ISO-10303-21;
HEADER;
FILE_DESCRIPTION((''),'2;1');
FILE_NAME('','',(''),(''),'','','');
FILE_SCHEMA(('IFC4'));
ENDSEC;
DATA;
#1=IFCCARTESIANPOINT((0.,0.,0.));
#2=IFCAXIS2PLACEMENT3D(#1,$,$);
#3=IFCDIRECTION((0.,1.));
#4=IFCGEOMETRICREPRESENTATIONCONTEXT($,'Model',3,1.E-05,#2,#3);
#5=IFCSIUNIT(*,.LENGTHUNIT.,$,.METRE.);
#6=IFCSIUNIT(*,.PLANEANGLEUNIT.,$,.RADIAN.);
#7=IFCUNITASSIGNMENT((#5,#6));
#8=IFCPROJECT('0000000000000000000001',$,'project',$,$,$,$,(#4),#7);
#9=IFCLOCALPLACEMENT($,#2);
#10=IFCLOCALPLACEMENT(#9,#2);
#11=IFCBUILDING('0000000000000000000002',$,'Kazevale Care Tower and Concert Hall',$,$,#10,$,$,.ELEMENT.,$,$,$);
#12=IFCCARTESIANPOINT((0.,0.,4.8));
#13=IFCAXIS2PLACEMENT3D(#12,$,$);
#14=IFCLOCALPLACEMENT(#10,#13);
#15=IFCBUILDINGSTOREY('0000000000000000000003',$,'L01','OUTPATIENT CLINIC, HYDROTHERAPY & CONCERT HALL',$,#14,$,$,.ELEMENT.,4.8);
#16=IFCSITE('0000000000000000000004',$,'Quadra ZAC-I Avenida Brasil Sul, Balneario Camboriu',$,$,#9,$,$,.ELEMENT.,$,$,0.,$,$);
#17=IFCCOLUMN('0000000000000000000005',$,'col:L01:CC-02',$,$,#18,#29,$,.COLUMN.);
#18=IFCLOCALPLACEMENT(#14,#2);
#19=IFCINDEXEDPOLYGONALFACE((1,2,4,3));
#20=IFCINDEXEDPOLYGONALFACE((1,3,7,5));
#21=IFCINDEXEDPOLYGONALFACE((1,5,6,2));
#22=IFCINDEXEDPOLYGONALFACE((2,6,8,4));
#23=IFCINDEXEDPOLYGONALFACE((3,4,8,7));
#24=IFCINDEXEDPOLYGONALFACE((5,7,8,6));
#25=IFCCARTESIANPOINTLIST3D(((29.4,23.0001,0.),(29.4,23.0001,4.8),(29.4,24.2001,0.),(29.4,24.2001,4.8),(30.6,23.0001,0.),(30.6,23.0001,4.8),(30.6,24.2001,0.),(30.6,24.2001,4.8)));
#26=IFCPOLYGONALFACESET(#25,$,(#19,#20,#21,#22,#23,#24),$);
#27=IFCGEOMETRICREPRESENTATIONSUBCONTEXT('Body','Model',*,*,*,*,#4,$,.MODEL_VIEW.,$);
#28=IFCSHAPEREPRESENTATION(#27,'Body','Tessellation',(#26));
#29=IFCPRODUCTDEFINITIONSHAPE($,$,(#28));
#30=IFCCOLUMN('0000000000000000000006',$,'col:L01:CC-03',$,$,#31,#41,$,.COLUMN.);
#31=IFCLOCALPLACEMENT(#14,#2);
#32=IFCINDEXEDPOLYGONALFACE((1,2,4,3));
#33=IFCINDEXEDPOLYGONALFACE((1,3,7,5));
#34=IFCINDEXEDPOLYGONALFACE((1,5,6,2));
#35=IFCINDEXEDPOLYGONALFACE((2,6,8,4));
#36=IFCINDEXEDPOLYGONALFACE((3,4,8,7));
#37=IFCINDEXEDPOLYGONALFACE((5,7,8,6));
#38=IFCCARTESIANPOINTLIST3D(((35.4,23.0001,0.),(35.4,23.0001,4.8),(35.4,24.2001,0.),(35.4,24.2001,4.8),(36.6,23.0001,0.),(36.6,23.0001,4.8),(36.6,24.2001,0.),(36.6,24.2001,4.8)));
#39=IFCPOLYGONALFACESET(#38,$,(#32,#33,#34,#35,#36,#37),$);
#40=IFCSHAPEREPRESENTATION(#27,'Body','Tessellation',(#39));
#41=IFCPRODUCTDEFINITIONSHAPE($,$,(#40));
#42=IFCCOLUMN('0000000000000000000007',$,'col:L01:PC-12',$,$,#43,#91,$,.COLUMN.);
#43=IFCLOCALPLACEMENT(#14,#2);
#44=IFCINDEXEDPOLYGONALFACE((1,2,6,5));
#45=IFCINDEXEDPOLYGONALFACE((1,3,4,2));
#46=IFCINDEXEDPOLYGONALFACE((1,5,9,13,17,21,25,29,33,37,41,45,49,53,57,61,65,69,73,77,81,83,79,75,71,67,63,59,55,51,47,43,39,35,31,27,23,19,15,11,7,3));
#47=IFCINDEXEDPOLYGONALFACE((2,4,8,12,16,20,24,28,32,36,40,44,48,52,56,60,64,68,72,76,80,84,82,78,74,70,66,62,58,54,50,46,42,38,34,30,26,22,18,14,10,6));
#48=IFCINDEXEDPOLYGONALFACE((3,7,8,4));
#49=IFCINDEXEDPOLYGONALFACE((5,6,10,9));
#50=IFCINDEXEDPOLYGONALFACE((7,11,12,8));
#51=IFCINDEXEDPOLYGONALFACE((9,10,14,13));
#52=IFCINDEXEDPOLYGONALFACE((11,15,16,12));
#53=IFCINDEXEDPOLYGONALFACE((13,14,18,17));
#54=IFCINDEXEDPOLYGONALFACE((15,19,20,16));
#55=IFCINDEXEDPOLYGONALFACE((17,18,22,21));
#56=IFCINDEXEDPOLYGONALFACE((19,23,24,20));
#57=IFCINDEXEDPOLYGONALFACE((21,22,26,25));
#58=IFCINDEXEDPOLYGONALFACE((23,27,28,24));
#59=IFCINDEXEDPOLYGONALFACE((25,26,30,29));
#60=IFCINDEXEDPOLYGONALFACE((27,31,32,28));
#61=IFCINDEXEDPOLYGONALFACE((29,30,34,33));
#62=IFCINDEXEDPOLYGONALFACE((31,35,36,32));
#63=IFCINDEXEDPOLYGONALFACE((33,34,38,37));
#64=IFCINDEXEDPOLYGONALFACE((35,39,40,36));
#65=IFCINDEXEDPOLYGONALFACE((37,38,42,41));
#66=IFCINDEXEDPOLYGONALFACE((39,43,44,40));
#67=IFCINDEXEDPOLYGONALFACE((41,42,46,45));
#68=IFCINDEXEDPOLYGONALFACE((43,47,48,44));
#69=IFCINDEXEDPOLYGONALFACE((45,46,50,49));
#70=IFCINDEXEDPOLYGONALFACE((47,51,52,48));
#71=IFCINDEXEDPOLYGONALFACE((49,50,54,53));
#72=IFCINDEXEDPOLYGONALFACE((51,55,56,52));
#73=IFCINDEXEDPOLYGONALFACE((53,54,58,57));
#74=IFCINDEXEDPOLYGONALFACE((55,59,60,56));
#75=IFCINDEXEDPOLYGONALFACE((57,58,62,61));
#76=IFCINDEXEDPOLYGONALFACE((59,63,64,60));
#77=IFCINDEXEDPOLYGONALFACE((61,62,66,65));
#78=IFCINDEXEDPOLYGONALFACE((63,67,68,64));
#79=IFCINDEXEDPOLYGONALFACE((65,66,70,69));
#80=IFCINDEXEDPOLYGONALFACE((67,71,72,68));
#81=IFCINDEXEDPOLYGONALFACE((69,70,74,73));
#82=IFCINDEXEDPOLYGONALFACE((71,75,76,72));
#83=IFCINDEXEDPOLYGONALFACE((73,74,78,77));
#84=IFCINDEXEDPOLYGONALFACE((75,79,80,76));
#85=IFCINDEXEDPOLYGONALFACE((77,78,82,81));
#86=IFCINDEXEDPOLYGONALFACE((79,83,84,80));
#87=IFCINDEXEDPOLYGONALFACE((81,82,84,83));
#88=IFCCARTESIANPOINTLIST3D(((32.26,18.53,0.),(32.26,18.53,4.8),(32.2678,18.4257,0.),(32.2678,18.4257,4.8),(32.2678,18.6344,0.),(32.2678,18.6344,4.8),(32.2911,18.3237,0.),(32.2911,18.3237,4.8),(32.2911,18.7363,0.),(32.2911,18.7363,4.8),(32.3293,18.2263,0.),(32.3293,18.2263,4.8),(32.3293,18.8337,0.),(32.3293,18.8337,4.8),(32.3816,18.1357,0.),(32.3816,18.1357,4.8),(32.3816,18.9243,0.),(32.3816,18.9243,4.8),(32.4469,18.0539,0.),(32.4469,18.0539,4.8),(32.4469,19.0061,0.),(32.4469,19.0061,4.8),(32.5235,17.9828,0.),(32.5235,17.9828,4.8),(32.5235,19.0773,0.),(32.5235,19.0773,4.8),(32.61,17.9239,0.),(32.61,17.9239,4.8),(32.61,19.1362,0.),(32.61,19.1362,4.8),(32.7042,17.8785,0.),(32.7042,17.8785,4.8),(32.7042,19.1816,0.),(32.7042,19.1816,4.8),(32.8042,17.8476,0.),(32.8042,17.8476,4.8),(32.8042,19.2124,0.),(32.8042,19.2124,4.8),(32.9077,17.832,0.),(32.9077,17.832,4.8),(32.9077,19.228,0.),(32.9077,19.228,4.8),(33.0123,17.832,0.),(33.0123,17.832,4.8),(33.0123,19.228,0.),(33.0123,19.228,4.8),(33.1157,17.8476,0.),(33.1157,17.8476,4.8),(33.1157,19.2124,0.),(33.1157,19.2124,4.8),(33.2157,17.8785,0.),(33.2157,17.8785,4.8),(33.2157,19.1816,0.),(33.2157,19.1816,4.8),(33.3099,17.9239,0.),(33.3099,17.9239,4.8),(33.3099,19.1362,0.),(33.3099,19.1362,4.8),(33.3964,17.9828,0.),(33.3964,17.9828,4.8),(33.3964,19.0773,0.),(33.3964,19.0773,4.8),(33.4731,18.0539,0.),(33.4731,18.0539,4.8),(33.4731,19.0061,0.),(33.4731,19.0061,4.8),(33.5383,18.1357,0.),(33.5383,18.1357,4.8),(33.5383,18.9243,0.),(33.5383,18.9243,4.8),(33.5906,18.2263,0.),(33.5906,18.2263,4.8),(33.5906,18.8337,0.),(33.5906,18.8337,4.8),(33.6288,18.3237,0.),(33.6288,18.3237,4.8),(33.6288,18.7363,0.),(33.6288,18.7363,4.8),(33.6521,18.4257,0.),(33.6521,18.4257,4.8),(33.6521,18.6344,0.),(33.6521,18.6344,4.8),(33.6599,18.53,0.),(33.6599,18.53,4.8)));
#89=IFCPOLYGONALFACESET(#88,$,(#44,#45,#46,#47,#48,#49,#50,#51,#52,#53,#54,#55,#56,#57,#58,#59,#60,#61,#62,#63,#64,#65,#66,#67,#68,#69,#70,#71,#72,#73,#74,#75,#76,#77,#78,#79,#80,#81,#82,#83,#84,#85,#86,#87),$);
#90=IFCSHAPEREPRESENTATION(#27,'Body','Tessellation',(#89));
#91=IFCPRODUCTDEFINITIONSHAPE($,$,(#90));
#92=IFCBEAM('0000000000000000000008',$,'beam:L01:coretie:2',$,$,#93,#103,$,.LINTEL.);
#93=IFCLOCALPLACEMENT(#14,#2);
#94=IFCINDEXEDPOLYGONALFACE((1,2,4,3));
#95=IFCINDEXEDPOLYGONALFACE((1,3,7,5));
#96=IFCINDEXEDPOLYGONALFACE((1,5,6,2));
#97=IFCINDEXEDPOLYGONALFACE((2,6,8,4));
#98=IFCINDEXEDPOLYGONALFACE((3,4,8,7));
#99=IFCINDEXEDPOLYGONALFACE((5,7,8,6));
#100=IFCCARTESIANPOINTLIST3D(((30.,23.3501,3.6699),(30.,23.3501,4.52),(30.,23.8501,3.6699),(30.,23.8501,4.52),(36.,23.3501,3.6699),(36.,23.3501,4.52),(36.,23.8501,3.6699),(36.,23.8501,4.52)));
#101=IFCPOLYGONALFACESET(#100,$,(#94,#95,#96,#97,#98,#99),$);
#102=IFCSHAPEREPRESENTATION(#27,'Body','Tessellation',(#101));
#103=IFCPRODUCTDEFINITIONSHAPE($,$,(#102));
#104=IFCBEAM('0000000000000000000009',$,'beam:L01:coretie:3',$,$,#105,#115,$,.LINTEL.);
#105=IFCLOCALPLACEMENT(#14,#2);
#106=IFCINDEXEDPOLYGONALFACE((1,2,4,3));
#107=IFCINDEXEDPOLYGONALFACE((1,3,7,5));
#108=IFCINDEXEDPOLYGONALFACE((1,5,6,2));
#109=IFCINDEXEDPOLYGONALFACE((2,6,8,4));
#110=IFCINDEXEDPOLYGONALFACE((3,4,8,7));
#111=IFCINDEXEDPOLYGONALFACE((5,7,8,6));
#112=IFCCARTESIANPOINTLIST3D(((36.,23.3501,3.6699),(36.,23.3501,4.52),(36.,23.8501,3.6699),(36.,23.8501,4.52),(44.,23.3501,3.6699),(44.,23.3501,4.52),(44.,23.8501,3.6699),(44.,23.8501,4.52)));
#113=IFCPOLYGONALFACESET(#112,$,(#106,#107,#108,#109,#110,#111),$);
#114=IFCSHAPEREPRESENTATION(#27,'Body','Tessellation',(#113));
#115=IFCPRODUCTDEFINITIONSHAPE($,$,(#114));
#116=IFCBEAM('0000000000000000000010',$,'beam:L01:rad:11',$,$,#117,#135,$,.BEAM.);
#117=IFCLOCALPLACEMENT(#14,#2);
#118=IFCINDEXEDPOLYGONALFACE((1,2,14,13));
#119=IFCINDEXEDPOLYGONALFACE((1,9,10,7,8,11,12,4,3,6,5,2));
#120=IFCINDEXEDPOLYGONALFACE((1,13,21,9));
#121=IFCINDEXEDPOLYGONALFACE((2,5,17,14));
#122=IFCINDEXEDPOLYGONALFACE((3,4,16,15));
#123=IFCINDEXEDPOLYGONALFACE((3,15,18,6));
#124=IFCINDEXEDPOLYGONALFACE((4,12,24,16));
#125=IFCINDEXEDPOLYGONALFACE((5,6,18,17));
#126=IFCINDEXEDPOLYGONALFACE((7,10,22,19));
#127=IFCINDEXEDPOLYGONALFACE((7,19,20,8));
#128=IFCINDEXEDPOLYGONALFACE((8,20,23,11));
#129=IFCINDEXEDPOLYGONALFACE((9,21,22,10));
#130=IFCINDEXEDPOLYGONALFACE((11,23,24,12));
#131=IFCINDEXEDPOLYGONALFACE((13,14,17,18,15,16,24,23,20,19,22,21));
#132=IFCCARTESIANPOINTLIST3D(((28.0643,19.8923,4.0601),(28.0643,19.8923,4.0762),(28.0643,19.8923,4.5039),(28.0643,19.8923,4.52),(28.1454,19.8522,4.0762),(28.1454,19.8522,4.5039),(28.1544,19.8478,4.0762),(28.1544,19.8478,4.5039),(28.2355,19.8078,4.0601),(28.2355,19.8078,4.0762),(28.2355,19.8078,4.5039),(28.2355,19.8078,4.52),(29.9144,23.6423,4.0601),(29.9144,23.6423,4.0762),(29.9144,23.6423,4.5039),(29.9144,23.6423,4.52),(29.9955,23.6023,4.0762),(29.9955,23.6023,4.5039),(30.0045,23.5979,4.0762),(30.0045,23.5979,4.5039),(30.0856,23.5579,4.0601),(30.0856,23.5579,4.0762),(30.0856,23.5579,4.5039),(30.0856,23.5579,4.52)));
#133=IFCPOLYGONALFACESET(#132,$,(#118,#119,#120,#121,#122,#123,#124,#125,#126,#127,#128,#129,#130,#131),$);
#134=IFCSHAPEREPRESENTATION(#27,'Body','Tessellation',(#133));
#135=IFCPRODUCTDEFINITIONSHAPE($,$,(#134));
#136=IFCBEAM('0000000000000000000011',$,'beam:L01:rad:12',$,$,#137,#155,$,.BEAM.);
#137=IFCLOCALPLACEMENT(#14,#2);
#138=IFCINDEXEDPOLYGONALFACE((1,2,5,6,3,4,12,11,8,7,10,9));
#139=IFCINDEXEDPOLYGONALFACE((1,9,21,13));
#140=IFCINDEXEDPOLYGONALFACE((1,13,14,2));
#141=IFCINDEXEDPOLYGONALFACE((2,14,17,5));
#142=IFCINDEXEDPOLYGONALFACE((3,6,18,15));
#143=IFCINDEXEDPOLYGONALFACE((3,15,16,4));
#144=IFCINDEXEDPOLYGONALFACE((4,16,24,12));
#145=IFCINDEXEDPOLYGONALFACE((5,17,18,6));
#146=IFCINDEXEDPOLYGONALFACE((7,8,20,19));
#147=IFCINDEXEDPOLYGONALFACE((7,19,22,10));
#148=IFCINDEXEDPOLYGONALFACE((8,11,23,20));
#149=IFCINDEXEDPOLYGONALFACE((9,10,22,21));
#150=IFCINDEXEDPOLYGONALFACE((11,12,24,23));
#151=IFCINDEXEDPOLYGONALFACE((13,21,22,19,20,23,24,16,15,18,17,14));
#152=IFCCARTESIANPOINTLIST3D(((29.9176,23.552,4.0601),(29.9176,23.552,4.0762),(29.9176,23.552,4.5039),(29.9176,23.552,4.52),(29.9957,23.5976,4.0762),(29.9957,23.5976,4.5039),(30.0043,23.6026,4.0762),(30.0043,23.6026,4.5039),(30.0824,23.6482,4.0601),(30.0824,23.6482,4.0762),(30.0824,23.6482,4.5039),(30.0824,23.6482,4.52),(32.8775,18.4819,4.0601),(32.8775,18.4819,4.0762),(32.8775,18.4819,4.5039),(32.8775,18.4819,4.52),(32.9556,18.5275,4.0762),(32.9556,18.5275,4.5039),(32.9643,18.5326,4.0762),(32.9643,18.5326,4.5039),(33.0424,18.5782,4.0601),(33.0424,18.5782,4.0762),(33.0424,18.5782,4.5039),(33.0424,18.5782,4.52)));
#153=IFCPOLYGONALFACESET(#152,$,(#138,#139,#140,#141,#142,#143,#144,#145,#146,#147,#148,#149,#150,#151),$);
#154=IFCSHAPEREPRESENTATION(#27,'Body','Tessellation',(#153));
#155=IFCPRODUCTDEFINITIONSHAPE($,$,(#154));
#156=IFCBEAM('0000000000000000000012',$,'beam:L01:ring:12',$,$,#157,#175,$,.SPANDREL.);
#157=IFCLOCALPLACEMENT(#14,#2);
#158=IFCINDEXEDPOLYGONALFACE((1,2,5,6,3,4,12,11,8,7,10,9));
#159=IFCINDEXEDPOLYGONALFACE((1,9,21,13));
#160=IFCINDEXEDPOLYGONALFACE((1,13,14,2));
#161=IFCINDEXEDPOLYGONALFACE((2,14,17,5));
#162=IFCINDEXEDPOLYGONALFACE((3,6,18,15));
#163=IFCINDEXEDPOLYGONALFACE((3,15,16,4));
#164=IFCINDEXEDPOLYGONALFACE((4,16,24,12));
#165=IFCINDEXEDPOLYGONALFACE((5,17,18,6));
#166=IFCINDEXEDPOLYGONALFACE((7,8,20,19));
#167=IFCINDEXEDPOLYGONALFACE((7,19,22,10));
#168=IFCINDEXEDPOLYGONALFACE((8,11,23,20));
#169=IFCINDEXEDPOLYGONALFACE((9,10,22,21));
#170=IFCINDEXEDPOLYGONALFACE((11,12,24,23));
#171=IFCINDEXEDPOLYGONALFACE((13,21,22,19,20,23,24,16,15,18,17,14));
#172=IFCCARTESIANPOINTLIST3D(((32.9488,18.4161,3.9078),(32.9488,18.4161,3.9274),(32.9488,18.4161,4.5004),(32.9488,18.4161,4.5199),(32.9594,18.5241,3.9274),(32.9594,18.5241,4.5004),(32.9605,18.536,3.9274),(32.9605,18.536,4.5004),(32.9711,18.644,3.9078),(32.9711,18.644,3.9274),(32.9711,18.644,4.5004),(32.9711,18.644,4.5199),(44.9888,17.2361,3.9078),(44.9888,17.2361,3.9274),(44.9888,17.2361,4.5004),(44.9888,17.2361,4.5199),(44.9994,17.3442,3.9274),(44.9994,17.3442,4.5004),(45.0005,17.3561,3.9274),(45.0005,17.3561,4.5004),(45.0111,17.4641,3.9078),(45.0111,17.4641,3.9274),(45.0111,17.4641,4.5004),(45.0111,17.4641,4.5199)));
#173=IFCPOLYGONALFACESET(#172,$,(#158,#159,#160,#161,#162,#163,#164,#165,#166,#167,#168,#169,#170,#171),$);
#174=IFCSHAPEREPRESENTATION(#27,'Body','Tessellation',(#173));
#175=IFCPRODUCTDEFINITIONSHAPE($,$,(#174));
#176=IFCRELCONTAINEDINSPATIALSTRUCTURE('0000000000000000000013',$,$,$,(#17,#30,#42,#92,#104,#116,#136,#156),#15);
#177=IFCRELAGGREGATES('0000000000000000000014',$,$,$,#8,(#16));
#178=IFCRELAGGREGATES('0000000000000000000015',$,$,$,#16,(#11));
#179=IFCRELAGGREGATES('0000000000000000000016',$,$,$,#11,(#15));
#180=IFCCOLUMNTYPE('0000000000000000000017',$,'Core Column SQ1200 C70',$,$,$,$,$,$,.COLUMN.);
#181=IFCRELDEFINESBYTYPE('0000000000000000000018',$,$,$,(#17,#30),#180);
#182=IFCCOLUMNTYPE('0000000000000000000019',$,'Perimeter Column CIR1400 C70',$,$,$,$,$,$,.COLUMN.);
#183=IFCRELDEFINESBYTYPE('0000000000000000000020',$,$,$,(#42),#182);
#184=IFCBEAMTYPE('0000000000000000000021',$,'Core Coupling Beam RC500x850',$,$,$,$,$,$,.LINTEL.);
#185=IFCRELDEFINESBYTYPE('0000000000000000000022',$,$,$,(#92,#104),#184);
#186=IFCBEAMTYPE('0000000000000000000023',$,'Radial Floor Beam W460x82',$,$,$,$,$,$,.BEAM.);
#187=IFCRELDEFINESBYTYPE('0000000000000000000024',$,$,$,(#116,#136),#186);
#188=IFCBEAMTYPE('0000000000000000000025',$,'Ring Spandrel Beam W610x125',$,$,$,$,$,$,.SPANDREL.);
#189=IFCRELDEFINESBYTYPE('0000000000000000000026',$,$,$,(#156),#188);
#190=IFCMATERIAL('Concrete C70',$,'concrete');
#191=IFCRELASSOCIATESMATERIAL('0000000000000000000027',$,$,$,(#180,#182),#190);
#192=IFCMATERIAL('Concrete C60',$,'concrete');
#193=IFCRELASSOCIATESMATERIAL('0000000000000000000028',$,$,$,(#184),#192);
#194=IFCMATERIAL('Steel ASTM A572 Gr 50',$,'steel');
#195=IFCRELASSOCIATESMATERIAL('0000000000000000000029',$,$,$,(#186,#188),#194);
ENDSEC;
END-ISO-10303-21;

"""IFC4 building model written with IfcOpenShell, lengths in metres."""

from ifc_helpers import new_model, si_unit, direction, frame, origin, origin_2d, place, context, subcontext, project, spatial, rectangle, circle, i_section, extrude, material, material_profile, profile_set, type_object, element, save


model = new_model("IFC4")

# Units and contexts
model_context = context("Model", 3, precision=1e-05, world=origin(), true_north=direction((0.0, 1.0)))
body_context = subcontext(model_context, "Body", "Model", "MODEL_VIEW")
ifc_project = project(units=[si_unit("LENGTHUNIT", "METRE"), si_unit("PLANEANGLEUNIT", "RADIAN")], contexts=[model_context])

# Site, building, storey
site_placement = place(None, origin())
site = spatial("IfcSite", under=ifc_project, at=site_placement, Name="Quadra ZAC-I Avenida Brasil Sul, Balneario Camboriu", CompositionType="ELEMENT", RefElevation=0.0)
building_placement = place(site_placement, origin())
building = spatial("IfcBuilding", under=site, at=building_placement, Name="Kazevale Care Tower and Concert Hall", CompositionType="ELEMENT")
storey_placement = place(building_placement, frame((0.0, 0.0, 4.8)))
storey = spatial("IfcBuildingStorey", under=building, at=storey_placement, Name="L01", Description="OUTPATIENT CLINIC, HYDROTHERAPY & CONCERT HALL", CompositionType="ELEMENT", Elevation=4.8)

# Columns
ifc_material_1 = material(Name="Concrete C70", Category="concrete")
ifc_material_profile_1 = material_profile(ifc_material_1, rectangle(XDim=1.2, YDim=1.2, at=origin_2d()), Name="RC-SQ1200")
ifc_profile_set_1 = profile_set([ifc_material_profile_1], Name="Concrete C70")
column_type_1 = type_object("IfcColumnType", Name="Core Column SQ1200 C70", PredefinedType="COLUMN", material=ifc_profile_set_1)
for number, where, z_axis, x_axis, name in (
    (1, (30.0, 23.6001, 0.0), (0.0, 0.0, 1.0), (1.0, 0.0, 0.0), "col:L01:CC-02"),
    (2, (36.0, 23.6001, 0.0), (0.0, 0.0, 1.0), (1.0, 0.0, 0.0), "col:L01:CC-03"),
):
    element("IfcColumn", number, at=place(storey_placement, frame(where, z_axis=z_axis, x_axis=x_axis)), inside=storey, type_object=column_type_1, Name=name, PredefinedType="COLUMN", context=body_context, shape_type="SweptSolid", body=[
        extrude(rectangle(XDim=1.2, YDim=1.2, at=origin_2d()), origin(), (0.0, 0.0, 1.0), 4.8),
    ])
ifc_material_profile_2 = material_profile(ifc_material_1, circle(Radius=0.7, at=origin_2d()), Name="RC-CIR1400")
ifc_profile_set_2 = profile_set([ifc_material_profile_2], Name="Concrete C70")
column_type_2 = type_object("IfcColumnType", Name="Perimeter Column CIR1400 C70", PredefinedType="COLUMN", material=ifc_profile_set_2)
column_placement = place(storey_placement, frame((32.96, 18.53, 0.0), z_axis=(0.0, 0.0, 1.0), x_axis=(1.0, 0.0, 0.0)))
element("IfcColumn", 3, at=column_placement, inside=storey, type_object=column_type_2, Name="col:L01:PC-12", PredefinedType="COLUMN", context=body_context, shape_type="SweptSolid", body=[
    extrude(circle(Radius=0.7, at=origin_2d()), origin(), (0.0, 0.0, 1.0), 4.8),
])

# Beams
ifc_material_2 = material(Name="Concrete C60", Category="concrete")
ifc_material_profile_3 = material_profile(ifc_material_2, rectangle(XDim=0.5, YDim=0.8501, at=origin_2d()), Name="RC-B500x850")
ifc_profile_set_3 = profile_set([ifc_material_profile_3], Name="Concrete C60")
beam_type_1 = type_object("IfcBeamType", Name="Core Coupling Beam RC500x850", PredefinedType="LINTEL", material=ifc_profile_set_3)
beam_1_placement = place(storey_placement, frame((30.0, 23.6001, 4.095), z_axis=(1.0, 0.0, 0.0), x_axis=(0.0, 1.0, 0.0)))
element("IfcBeam", 4, at=beam_1_placement, inside=storey, type_object=beam_type_1, Name="beam:L01:coretie:2", PredefinedType="LINTEL", context=body_context, shape_type="SweptSolid", body=[
    extrude(rectangle(XDim=0.5, YDim=0.8501, at=origin_2d()), origin(), (0.0, 0.0, 1.0), 6.0),
])
beam_2_placement = place(storey_placement, frame((36.0, 23.6001, 4.095), z_axis=(1.0, 0.0, 0.0), x_axis=(0.0, 1.0, 0.0)))
element("IfcBeam", 5, at=beam_2_placement, inside=storey, type_object=beam_type_1, Name="beam:L01:coretie:3", PredefinedType="LINTEL", context=body_context, shape_type="SweptSolid", body=[
    extrude(rectangle(XDim=0.5, YDim=0.8501, at=origin_2d()), origin(), (0.0, 0.0, 1.0), 8.0),
])
ifc_material_3 = material(Name="Steel ASTM A572 Gr 50", Category="steel")
ifc_material_profile_4 = material_profile(ifc_material_3, i_section(OverallWidth=0.1909, OverallDepth=0.46, WebThickness=0.01, FlangeThickness=0.0161, at=origin_2d()), Name="W460x82")
ifc_profile_set_4 = profile_set([ifc_material_profile_4], Name="Steel ASTM A572 Gr 50")
beam_type_2 = type_object("IfcBeamType", Name="Radial Floor Beam W460x82", PredefinedType="BEAM", material=ifc_profile_set_4)
beam_3_placement = place(storey_placement, frame((30.0, 23.6001, 4.29), z_axis=(-0.442443, -0.896797, 0.0), x_axis=(0.896797, -0.442443, 0.0)))
element("IfcBeam", 6, at=beam_3_placement, inside=storey, type_object=beam_type_2, Name="beam:L01:rad:11", PredefinedType="BEAM", context=body_context, shape_type="SweptSolid", body=[
    extrude(i_section(OverallWidth=0.1909, OverallDepth=0.46, WebThickness=0.01, FlangeThickness=0.0161, at=origin_2d()), origin(), (0.0, 0.0, 1.0), 4.1816),
])
beam_4_placement = place(storey_placement, frame((30.0, 23.6001, 4.29), z_axis=(0.504179, -0.863599, 0.0), x_axis=(0.863599, 0.504179, 0.0)))
element("IfcBeam", 7, at=beam_4_placement, inside=storey, type_object=beam_type_2, Name="beam:L01:rad:12", PredefinedType="BEAM", context=body_context, shape_type="SweptSolid", body=[
    extrude(i_section(OverallWidth=0.1909, OverallDepth=0.46, WebThickness=0.01, FlangeThickness=0.0161, at=origin_2d()), origin(), (0.0, 0.0, 1.0), 5.8708),
])
ifc_material_profile_5 = material_profile(ifc_material_3, i_section(OverallWidth=0.229, OverallDepth=0.6121, WebThickness=0.012, FlangeThickness=0.0195, at=origin_2d()), Name="W610x125")
ifc_profile_set_5 = profile_set([ifc_material_profile_5], Name="Steel ASTM A572 Gr 50")
beam_type_3 = type_object("IfcBeamType", Name="Ring Spandrel Beam W610x125", PredefinedType="SPANDREL", material=ifc_profile_set_5)
beam_5_placement = place(storey_placement, frame((32.96, 18.53, 4.2139), z_axis=(0.995232, -0.097533, 0.0), x_axis=(0.097533, 0.995232, 0.0)))
element("IfcBeam", 8, at=beam_5_placement, inside=storey, type_object=beam_type_3, Name="beam:L01:ring:12", PredefinedType="SPANDREL", context=body_context, shape_type="SweptSolid", body=[
    extrude(i_section(OverallWidth=0.229, OverallDepth=0.6121, WebThickness=0.012, FlangeThickness=0.0195, at=origin_2d()), origin(), (0.0, 0.0, 1.0), 12.0977),
])

save(model, "model.ifc")
